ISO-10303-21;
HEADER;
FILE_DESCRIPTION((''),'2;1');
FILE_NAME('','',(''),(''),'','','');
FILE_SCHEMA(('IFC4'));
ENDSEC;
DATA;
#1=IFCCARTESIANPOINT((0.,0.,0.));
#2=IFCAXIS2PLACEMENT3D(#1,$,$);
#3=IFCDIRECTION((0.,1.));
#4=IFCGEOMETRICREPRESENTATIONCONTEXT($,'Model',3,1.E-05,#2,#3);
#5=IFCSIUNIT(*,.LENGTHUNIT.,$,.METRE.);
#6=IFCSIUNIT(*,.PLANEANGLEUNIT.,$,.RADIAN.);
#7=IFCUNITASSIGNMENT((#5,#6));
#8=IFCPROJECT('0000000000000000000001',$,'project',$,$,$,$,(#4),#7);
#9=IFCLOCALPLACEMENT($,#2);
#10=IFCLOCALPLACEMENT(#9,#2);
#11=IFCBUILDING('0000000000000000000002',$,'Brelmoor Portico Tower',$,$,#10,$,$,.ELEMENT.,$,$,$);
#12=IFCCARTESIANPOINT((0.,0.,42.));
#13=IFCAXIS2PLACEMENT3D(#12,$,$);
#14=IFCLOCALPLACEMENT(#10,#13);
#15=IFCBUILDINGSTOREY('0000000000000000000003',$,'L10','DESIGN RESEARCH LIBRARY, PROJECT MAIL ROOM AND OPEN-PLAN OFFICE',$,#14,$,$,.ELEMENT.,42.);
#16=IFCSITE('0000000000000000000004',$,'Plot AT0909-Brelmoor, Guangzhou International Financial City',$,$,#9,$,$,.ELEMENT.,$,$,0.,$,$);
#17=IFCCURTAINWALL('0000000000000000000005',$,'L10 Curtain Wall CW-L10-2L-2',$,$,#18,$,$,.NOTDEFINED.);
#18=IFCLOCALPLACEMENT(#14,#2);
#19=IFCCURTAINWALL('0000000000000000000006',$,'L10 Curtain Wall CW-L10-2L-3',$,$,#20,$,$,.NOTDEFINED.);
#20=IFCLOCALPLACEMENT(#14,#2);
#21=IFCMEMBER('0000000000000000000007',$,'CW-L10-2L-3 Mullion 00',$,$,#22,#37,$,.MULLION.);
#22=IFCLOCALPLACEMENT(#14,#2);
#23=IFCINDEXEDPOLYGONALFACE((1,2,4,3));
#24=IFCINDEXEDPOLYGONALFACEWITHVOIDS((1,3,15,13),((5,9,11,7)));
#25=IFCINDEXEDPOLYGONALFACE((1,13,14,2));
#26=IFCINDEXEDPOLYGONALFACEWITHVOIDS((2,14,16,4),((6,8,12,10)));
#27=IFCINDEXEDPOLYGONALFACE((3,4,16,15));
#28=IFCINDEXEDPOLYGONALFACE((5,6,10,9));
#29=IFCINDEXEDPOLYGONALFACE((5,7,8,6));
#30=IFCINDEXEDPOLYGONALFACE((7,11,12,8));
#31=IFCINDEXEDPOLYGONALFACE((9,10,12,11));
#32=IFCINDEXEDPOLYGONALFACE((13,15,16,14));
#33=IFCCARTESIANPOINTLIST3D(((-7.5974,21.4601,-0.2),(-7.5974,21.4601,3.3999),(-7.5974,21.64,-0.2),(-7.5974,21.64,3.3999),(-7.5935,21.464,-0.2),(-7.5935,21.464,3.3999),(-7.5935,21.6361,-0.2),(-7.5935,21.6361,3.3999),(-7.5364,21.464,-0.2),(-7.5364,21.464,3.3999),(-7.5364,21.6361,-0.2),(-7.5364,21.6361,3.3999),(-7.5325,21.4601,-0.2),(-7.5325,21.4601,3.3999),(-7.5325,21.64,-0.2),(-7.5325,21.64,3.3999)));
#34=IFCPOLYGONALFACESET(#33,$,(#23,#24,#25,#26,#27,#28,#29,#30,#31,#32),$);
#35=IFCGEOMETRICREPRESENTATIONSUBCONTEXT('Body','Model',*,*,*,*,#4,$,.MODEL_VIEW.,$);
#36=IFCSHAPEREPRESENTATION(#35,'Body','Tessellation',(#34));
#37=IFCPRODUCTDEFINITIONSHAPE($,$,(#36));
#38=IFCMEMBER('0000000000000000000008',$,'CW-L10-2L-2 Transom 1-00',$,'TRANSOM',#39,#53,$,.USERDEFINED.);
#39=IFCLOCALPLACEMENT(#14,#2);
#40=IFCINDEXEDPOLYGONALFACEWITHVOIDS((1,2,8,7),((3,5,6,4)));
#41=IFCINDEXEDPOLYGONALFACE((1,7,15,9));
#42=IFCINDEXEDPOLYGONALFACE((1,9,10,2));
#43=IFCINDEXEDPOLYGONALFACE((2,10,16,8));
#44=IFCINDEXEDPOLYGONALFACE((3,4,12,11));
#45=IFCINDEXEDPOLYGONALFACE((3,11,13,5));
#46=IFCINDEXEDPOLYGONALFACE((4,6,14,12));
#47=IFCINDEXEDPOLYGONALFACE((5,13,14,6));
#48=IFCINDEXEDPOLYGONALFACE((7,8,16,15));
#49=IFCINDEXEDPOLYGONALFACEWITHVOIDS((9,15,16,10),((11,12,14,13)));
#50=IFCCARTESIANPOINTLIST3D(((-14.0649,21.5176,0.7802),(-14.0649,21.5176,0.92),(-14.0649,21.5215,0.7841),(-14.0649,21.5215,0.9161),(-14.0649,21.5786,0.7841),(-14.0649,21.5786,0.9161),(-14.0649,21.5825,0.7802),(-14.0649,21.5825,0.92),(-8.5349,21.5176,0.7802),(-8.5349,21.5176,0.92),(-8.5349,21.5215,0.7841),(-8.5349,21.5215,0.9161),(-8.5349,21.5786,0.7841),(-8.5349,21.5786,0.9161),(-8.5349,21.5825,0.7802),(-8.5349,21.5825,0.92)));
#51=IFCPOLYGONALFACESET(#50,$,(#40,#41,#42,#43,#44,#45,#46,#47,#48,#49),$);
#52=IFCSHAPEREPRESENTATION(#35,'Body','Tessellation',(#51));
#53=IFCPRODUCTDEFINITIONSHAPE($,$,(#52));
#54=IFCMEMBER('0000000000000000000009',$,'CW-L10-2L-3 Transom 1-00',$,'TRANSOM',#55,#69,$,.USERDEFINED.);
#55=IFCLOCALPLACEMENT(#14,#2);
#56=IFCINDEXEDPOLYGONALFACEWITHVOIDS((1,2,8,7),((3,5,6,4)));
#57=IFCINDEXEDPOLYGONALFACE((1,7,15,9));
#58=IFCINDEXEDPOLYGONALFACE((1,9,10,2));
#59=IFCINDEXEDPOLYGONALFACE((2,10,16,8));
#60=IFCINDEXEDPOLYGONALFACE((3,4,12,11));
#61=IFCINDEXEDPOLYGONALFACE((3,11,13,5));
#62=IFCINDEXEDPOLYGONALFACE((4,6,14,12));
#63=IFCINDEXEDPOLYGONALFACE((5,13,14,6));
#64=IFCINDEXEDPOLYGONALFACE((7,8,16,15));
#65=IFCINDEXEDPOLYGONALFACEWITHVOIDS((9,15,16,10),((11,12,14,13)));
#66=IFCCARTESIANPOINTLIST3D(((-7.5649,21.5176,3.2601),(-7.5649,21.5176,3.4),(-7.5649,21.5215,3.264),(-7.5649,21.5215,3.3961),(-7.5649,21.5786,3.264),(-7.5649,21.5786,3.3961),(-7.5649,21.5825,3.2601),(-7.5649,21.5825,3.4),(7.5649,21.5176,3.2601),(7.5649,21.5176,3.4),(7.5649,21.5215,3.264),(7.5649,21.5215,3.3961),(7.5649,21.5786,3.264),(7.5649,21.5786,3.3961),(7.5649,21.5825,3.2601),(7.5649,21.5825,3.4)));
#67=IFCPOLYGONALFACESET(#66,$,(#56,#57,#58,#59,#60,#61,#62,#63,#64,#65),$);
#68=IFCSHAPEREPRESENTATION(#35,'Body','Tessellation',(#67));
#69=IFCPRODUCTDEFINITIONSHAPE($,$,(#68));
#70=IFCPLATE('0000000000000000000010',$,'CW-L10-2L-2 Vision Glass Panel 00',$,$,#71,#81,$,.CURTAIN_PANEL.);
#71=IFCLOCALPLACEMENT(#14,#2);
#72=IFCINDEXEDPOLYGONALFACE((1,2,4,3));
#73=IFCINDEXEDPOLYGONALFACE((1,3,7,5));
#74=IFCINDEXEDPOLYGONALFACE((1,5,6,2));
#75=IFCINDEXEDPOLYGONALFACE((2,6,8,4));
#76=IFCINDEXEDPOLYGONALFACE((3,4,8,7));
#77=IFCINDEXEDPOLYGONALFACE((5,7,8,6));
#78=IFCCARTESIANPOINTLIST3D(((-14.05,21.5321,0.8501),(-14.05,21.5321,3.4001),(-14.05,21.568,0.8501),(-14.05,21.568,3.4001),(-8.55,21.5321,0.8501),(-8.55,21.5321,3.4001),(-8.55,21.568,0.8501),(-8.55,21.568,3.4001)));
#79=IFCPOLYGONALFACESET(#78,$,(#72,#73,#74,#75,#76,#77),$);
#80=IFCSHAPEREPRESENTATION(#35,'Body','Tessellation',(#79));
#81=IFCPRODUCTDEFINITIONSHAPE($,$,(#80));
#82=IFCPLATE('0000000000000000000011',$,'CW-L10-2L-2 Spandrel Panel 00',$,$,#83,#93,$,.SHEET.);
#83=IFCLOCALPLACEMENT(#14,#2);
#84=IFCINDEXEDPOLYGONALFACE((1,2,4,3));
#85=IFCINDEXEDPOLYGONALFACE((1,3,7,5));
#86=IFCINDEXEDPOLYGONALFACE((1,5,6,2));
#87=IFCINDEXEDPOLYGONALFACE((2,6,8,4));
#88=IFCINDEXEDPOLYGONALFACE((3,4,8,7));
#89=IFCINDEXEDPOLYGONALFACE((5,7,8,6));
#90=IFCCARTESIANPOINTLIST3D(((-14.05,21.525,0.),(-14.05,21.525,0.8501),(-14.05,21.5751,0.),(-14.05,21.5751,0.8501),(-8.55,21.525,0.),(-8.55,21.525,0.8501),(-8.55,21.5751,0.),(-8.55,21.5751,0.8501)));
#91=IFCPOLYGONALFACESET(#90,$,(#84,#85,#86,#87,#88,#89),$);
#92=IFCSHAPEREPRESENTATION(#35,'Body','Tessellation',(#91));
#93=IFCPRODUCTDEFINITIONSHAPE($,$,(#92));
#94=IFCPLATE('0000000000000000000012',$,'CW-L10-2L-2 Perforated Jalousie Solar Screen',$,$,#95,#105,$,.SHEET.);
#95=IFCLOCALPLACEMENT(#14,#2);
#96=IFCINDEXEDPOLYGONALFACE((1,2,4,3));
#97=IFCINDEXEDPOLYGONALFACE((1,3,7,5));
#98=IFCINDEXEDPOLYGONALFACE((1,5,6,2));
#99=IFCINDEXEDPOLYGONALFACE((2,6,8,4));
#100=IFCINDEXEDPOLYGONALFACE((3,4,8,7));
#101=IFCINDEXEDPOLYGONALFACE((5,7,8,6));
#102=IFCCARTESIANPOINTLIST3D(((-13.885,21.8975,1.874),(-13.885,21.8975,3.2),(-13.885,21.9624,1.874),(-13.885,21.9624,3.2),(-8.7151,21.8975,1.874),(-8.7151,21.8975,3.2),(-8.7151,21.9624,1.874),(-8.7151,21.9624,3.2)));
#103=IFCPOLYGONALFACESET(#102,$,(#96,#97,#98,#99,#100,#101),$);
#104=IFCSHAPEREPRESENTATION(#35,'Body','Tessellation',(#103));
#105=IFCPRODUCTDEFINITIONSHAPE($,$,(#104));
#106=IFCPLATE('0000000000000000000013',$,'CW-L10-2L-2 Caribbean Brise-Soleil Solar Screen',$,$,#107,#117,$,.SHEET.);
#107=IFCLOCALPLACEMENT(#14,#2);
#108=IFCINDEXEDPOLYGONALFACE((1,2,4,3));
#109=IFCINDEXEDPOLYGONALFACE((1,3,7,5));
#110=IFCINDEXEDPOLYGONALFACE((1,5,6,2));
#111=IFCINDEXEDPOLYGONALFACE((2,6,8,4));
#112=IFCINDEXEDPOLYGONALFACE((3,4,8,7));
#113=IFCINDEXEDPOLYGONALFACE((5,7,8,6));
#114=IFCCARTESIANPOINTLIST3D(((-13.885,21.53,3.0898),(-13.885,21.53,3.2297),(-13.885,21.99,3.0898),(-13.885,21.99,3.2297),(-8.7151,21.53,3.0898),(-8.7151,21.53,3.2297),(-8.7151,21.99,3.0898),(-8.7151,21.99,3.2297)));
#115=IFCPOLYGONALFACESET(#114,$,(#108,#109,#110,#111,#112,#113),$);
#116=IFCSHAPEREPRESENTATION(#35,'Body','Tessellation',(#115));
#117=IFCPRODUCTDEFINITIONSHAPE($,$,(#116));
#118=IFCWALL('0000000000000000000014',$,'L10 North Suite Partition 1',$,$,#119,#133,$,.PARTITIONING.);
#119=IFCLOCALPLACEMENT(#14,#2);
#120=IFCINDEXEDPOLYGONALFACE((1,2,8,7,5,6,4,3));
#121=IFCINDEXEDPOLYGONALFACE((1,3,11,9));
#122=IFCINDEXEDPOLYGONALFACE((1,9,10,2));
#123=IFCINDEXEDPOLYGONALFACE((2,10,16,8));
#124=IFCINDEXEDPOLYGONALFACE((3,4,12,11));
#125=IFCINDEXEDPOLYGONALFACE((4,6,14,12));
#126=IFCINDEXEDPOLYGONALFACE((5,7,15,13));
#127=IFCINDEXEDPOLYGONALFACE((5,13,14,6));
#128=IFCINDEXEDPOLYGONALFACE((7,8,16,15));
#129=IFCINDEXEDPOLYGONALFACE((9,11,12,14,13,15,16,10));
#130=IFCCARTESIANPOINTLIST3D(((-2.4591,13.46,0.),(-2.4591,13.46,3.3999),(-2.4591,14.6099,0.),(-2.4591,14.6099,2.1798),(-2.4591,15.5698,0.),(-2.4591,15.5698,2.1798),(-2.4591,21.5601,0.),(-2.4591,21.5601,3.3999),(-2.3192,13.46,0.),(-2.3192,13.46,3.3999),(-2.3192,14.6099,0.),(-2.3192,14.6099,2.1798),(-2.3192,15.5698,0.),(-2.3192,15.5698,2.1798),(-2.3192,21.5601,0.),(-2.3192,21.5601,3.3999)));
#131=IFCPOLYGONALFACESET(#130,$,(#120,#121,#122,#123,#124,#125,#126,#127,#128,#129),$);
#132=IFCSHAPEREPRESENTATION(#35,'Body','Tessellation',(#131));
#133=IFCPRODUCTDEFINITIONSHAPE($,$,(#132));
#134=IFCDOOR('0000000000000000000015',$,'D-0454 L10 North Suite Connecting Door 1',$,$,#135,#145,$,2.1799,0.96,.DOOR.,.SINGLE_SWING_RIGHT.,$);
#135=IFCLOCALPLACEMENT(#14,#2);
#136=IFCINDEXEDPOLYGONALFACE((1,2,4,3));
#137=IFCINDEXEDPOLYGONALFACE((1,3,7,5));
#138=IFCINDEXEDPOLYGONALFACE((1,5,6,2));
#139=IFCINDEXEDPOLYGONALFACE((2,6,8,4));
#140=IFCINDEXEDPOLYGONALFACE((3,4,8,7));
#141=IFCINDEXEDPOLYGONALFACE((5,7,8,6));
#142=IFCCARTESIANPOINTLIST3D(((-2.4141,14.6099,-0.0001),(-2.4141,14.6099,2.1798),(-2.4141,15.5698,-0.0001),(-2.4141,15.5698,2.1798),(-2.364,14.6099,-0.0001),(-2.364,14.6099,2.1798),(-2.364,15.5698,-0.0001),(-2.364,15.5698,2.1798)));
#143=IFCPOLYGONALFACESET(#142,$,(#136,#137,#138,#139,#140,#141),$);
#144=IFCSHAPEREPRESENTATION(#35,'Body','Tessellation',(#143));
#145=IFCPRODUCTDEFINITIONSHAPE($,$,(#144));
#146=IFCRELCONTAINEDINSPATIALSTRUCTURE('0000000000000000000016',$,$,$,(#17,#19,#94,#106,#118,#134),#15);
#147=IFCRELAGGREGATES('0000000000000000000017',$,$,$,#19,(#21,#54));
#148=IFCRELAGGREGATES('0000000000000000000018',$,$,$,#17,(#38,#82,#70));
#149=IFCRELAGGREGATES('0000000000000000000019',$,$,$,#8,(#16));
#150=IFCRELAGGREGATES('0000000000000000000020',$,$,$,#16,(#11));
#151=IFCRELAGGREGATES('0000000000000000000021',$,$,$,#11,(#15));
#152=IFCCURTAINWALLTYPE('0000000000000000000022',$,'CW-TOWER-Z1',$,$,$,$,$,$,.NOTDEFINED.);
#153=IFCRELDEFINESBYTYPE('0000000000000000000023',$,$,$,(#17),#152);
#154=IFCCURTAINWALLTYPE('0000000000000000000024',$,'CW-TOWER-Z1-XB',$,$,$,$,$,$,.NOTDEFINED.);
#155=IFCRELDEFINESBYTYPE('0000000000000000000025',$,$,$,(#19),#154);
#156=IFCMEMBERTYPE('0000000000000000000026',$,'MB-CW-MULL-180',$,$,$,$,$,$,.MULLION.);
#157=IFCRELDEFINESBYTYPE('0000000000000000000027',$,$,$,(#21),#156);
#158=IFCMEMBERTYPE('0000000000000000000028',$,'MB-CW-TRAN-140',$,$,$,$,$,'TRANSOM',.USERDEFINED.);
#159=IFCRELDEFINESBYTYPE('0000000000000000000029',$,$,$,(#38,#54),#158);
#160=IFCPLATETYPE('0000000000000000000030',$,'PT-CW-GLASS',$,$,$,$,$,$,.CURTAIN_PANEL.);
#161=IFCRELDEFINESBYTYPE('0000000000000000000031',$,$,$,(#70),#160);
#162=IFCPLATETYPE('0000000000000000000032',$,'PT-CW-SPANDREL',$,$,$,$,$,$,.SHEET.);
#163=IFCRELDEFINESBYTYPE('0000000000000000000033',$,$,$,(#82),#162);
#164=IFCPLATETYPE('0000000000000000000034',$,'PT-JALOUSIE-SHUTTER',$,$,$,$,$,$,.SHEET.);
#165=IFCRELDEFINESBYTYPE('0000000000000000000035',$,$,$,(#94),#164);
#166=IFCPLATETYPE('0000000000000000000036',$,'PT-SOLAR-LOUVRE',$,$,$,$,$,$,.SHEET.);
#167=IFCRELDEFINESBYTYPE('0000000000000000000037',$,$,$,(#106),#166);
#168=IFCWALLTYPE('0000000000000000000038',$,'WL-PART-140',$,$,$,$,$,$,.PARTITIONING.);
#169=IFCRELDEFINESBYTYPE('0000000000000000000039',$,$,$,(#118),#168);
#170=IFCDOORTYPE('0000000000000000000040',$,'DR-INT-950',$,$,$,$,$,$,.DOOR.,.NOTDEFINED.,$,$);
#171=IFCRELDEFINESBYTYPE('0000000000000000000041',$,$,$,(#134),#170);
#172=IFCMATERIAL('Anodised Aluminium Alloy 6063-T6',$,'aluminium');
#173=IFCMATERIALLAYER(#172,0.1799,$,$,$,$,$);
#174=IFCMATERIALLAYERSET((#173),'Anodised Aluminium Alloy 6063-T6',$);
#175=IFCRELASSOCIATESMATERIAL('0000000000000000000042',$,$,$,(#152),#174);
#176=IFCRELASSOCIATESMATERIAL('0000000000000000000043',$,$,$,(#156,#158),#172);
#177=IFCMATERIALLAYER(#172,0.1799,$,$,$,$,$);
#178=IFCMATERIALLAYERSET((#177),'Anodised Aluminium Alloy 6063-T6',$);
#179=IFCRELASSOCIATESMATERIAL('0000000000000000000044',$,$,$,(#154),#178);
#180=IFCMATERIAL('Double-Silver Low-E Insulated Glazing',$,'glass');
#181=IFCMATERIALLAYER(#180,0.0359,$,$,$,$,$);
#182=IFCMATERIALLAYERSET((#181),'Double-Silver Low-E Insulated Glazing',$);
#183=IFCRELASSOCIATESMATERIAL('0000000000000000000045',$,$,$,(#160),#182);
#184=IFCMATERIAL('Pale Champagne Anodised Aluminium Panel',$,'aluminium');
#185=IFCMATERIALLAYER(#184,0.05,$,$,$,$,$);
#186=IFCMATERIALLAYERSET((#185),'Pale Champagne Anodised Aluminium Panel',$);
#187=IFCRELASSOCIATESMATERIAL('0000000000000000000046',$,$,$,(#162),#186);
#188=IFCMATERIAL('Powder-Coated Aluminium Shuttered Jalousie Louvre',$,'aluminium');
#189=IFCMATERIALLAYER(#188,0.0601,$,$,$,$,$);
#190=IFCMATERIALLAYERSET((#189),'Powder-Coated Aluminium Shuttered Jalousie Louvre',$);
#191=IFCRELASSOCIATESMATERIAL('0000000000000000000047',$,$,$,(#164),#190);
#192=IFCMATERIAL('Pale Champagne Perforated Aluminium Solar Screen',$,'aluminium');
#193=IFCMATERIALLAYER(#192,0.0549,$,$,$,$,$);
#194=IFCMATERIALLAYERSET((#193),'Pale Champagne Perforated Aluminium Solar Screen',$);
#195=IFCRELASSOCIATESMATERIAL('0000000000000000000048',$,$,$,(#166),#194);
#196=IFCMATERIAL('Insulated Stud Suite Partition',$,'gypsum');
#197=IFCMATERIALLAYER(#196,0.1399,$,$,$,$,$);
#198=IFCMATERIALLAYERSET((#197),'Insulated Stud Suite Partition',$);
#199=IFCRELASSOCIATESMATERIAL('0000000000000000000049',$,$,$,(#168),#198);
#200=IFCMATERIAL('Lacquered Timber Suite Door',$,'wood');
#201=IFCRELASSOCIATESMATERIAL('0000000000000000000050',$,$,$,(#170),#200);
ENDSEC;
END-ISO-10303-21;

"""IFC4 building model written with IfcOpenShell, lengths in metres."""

from ifc_helpers import new_model, si_unit, direction, frame, frame_2d, origin, origin_2d, place, context, subcontext, project, spatial, rectangle, hollow_rectangle, extrude, material, layer, layer_set, material_profile, profile_set, type_object, element, fill, aggregate, save


model = new_model("IFC4")

# Units and contexts
model_context = context("Model", 3, precision=1e-05, world=origin(), true_north=direction((0.0, 1.0)))
body_context = subcontext(model_context, "Body", "Model", "MODEL_VIEW")
ifc_project = project(units=[si_unit("LENGTHUNIT", "METRE"), si_unit("PLANEANGLEUNIT", "RADIAN")], contexts=[model_context])

# Site, building, storey
site_placement = place(None, origin())
site = spatial("IfcSite", under=ifc_project, at=site_placement, Name="Plot AT0909-Brelmoor, Guangzhou International Financial City", CompositionType="ELEMENT", RefElevation=0.0)
building_placement = place(site_placement, origin())
building = spatial("IfcBuilding", under=site, at=building_placement, Name="Brelmoor Portico Tower", CompositionType="ELEMENT")
storey_placement = place(building_placement, frame((0.0, 0.0, 42.0)))
storey = spatial("IfcBuildingStorey", under=building, at=storey_placement, Name="L10", Description="DESIGN RESEARCH LIBRARY, PROJECT MAIL ROOM AND OPEN-PLAN OFFICE", CompositionType="ELEMENT", Elevation=42.0)

# Curtain wall
ifc_material_1 = material(Name="Anodised Aluminium Alloy 6063-T6", Category="aluminium")
ifc_layer_1 = layer(ifc_material_1, 0.1799)
ifc_layer_set_1 = layer_set([ifc_layer_1], Name="Anodised Aluminium Alloy 6063-T6")
curtain_wall_type_1 = type_object("IfcCurtainWallType", Name="CW-TOWER-Z1", PredefinedType="NOTDEFINED", material=ifc_layer_set_1)
curtain_wall_1_placement = place(storey_placement, origin())
curtain_wall_1 = element("IfcCurtainWall", 1, at=curtain_wall_1_placement, inside=storey, type_object=curtain_wall_type_1, Name="L10 Curtain Wall CW-L10-2L-2", PredefinedType="NOTDEFINED")
ifc_material_profile_1 = material_profile(ifc_material_1, hollow_rectangle(XDim=0.0649, YDim=0.1799, WallThickness=0.0039, at=origin_2d()), Name="ALU MULLION 65x180")
ifc_profile_set_1 = profile_set([ifc_material_profile_1], Name="Anodised Aluminium Alloy 6063-T6")
member_type_1 = type_object("IfcMemberType", Name="MB-CW-MULL-180", PredefinedType="MULLION", material=ifc_profile_set_1)

# Curtain wall, member
ifc_layer_2 = layer(ifc_material_1, 0.1799)
ifc_layer_set_2 = layer_set([ifc_layer_2], Name="Anodised Aluminium Alloy 6063-T6")
curtain_wall_type_2 = type_object("IfcCurtainWallType", Name="CW-TOWER-Z1-XB", PredefinedType="NOTDEFINED", material=ifc_layer_set_2)
curtain_wall_2_placement = place(storey_placement, origin())
curtain_wall_2 = element("IfcCurtainWall", 2, at=curtain_wall_2_placement, inside=storey, type_object=curtain_wall_type_2, Name="L10 Curtain Wall CW-L10-2L-3", PredefinedType="NOTDEFINED")
member_1_placement = place(storey_placement, frame((-7.5649, 21.55, -0.2), z_axis=(0.0, 0.0, 1.0), x_axis=(1.0, 0.0, 0.0)))
member_1 = element("IfcMember", 3, at=member_1_placement, type_object=member_type_1, Name="CW-L10-2L-3 Mullion 00", PredefinedType="MULLION", context=body_context, shape_type="SweptSolid", body=[
    extrude(hollow_rectangle(XDim=0.0649, YDim=0.1799, WallThickness=0.0039, at=origin_2d()), origin(), (0.0, 0.0, 1.0), 3.5999),
])

# Members
ifc_material_profile_2 = material_profile(ifc_material_1, hollow_rectangle(XDim=0.0649, YDim=0.1399, WallThickness=0.0039, at=origin_2d()), Name="ALU TRANSOM 65x140")
ifc_profile_set_2 = profile_set([ifc_material_profile_2], Name="Anodised Aluminium Alloy 6063-T6")
member_type_2 = type_object("IfcMemberType", Name="MB-CW-TRAN-140", ElementType="TRANSOM", PredefinedType="USERDEFINED", material=ifc_profile_set_2)
member_2_placement = place(storey_placement, frame((-14.0649, 21.55, 0.8501), z_axis=(1.0, 0.0, 0.0), x_axis=(0.0, 1.0, 0.0)))
member_2 = element("IfcMember", 4, at=member_2_placement, type_object=member_type_2, Name="CW-L10-2L-2 Transom 1-00", ObjectType="TRANSOM", PredefinedType="USERDEFINED", context=body_context, shape_type="SweptSolid", body=[
    extrude(hollow_rectangle(XDim=0.0649, YDim=0.1399, WallThickness=0.0039, at=origin_2d()), origin(), (0.0, 0.0, 1.0), 5.53),
])
member_3_placement = place(storey_placement, frame((-7.5649, 21.55, 3.3301), z_axis=(1.0, 0.0, 0.0), x_axis=(0.0, 1.0, 0.0)))
member_3 = element("IfcMember", 5, at=member_3_placement, type_object=member_type_2, Name="CW-L10-2L-3 Transom 1-00", ObjectType="TRANSOM", PredefinedType="USERDEFINED", context=body_context, shape_type="SweptSolid", body=[
    extrude(hollow_rectangle(XDim=0.0649, YDim=0.1399, WallThickness=0.0039, at=origin_2d()), origin(), (0.0, 0.0, 1.0), 15.1299),
])
aggregate(curtain_wall_2, [member_1, member_3])

# Plates
ifc_material_2 = material(Name="Double-Silver Low-E Insulated Glazing", Category="glass")
ifc_layer_3 = layer(ifc_material_2, 0.0359)
ifc_layer_set_3 = layer_set([ifc_layer_3], Name="Double-Silver Low-E Insulated Glazing")
plate_type_1 = type_object("IfcPlateType", Name="PT-CW-GLASS", PredefinedType="CURTAIN_PANEL", material=ifc_layer_set_3)
plate_1_placement = place(storey_placement, frame((-11.3, 21.55, 0.8501), z_axis=(0.0, 0.0, 1.0), x_axis=(1.0, 0.0, 0.0)))
plate_1 = element("IfcPlate", 6, at=plate_1_placement, type_object=plate_type_1, Name="CW-L10-2L-2 Vision Glass Panel 00", PredefinedType="CURTAIN_PANEL", context=body_context, shape_type="SweptSolid", body=[
    extrude(rectangle(XDim=5.5, YDim=0.0359, at=origin_2d()), origin(), (0.0, 0.0, 1.0), 2.55),
])
ifc_material_3 = material(Name="Pale Champagne Anodised Aluminium Panel", Category="aluminium")
ifc_layer_4 = layer(ifc_material_3, 0.05)
ifc_layer_set_4 = layer_set([ifc_layer_4], Name="Pale Champagne Anodised Aluminium Panel")
plate_type_2 = type_object("IfcPlateType", Name="PT-CW-SPANDREL", PredefinedType="SHEET", material=ifc_layer_set_4)
plate_2_placement = place(storey_placement, frame((-11.3, 21.55, 0.0), z_axis=(0.0, 0.0, 1.0), x_axis=(1.0, 0.0, 0.0)))
plate_2 = element("IfcPlate", 7, at=plate_2_placement, type_object=plate_type_2, Name="CW-L10-2L-2 Spandrel Panel 00", PredefinedType="SHEET", context=body_context, shape_type="SweptSolid", body=[
    extrude(rectangle(XDim=5.5, YDim=0.05, at=origin_2d()), origin(), (0.0, 0.0, 1.0), 0.8501),
])
aggregate(curtain_wall_1, [member_2, plate_2, plate_1])

# Plates
ifc_material_4 = material(Name="Powder-Coated Aluminium Shuttered Jalousie Louvre", Category="aluminium")
ifc_layer_5 = layer(ifc_material_4, 0.0601)
ifc_layer_set_5 = layer_set([ifc_layer_5], Name="Powder-Coated Aluminium Shuttered Jalousie Louvre")
plate_type_3 = type_object("IfcPlateType", Name="PT-JALOUSIE-SHUTTER", PredefinedType="SHEET", material=ifc_layer_set_5)
plate_3_placement = place(storey_placement, frame((-11.3, 21.9299, 1.874), z_axis=(0.0, 0.0, 1.0), x_axis=(1.0, 0.0, 0.0)))
element("IfcPlate", 8, at=plate_3_placement, inside=storey, type_object=plate_type_3, Name="CW-L10-2L-2 Perforated Jalousie Solar Screen", PredefinedType="SHEET", context=body_context, shape_type="SweptSolid", body=[
    extrude(rectangle(XDim=5.1699, YDim=0.0649, at=origin_2d()), origin(), (0.0, 0.0, 1.0), 1.3259),
])
ifc_material_5 = material(Name="Pale Champagne Perforated Aluminium Solar Screen", Category="aluminium")
ifc_layer_6 = layer(ifc_material_5, 0.0549)
ifc_layer_set_6 = layer_set([ifc_layer_6], Name="Pale Champagne Perforated Aluminium Solar Screen")
plate_type_4 = type_object("IfcPlateType", Name="PT-SOLAR-LOUVRE", PredefinedType="SHEET", material=ifc_layer_set_6)
plate_4_placement = place(storey_placement, frame((-11.3, 21.76, 3.0898), z_axis=(0.0, 0.0, 1.0), x_axis=(1.0, 0.0, 0.0)))
element("IfcPlate", 9, at=plate_4_placement, inside=storey, type_object=plate_type_4, Name="CW-L10-2L-2 Caribbean Brise-Soleil Solar Screen", PredefinedType="SHEET", context=body_context, shape_type="SweptSolid", body=[
    extrude(rectangle(XDim=5.1699, YDim=0.46, at=origin_2d()), origin(), (0.0, 0.0, 1.0), 0.1399),
])

# Wall, opening, door
ifc_material_6 = material(Name="Insulated Stud Suite Partition", Category="gypsum")
ifc_layer_7 = layer(ifc_material_6, 0.1399)
ifc_layer_set_7 = layer_set([ifc_layer_7], Name="Insulated Stud Suite Partition")
wall_type_1 = type_object("IfcWallType", Name="WL-PART-140", PredefinedType="PARTITIONING", material=ifc_layer_set_7)
wall_1_placement = place(storey_placement, frame((-2.3892, 13.46, 0.0), z_axis=(0.0, 0.0, 1.0), x_axis=(0.0, 1.0, 0.0)))
wall_1 = element("IfcWall", 10, at=wall_1_placement, inside=storey, type_object=wall_type_1, Name="L10 North Suite Partition 1", PredefinedType="PARTITIONING", context=body_context, shape_type="SweptSolid", body=[
    extrude(rectangle(XDim=8.1001, YDim=0.1399, at=frame_2d((4.05, 0.0))), origin(), (0.0, 0.0, 1.0), 3.3999),
])
opening_1_placement = place(wall_1_placement, frame((1.1499, 0.0, 0.0)))
opening_1 = element("IfcOpeningElement", 11, at=opening_1_placement, cuts=wall_1, PredefinedType="OPENING", context=body_context, shape_type="SweptSolid", body=[
    extrude(rectangle(XDim=0.96, YDim=2.1799, at=frame_2d((0.48, 1.0898))), frame((0.0, 0.0798, 0.0), z_axis=(0.0, -1.0, 0.0), x_axis=(1.0, 0.0, 0.0)), (0.0, 0.0, 1.0), 0.1599),
])
ifc_material_7 = material(Name="Lacquered Timber Suite Door", Category="wood")
door_type_1 = type_object("IfcDoorType", Name="DR-INT-950", OperationType="NOTDEFINED", PredefinedType="DOOR", material=ifc_material_7)
door_1_placement = place(opening_1_placement, origin())
door_1 = element("IfcDoor", 12, at=door_1_placement, inside=storey, type_object=door_type_1, Name="D-0454 L10 North Suite Connecting Door 1", OperationType="SINGLE_SWING_RIGHT", OverallHeight=2.1799, OverallWidth=0.96, PredefinedType="DOOR", context=body_context, shape_type="SweptSolid", body=[
    extrude(rectangle(XDim=0.96, YDim=2.1799, at=frame_2d((0.48, 1.0898))), frame((0.0, 0.0249, 0.0), z_axis=(0.0, -1.0, 0.0), x_axis=(1.0, 0.0, 0.0)), (0.0, 0.0, 1.0), 0.05),
])
fill(opening_1, door_1)

save(model, "model.ifc")
